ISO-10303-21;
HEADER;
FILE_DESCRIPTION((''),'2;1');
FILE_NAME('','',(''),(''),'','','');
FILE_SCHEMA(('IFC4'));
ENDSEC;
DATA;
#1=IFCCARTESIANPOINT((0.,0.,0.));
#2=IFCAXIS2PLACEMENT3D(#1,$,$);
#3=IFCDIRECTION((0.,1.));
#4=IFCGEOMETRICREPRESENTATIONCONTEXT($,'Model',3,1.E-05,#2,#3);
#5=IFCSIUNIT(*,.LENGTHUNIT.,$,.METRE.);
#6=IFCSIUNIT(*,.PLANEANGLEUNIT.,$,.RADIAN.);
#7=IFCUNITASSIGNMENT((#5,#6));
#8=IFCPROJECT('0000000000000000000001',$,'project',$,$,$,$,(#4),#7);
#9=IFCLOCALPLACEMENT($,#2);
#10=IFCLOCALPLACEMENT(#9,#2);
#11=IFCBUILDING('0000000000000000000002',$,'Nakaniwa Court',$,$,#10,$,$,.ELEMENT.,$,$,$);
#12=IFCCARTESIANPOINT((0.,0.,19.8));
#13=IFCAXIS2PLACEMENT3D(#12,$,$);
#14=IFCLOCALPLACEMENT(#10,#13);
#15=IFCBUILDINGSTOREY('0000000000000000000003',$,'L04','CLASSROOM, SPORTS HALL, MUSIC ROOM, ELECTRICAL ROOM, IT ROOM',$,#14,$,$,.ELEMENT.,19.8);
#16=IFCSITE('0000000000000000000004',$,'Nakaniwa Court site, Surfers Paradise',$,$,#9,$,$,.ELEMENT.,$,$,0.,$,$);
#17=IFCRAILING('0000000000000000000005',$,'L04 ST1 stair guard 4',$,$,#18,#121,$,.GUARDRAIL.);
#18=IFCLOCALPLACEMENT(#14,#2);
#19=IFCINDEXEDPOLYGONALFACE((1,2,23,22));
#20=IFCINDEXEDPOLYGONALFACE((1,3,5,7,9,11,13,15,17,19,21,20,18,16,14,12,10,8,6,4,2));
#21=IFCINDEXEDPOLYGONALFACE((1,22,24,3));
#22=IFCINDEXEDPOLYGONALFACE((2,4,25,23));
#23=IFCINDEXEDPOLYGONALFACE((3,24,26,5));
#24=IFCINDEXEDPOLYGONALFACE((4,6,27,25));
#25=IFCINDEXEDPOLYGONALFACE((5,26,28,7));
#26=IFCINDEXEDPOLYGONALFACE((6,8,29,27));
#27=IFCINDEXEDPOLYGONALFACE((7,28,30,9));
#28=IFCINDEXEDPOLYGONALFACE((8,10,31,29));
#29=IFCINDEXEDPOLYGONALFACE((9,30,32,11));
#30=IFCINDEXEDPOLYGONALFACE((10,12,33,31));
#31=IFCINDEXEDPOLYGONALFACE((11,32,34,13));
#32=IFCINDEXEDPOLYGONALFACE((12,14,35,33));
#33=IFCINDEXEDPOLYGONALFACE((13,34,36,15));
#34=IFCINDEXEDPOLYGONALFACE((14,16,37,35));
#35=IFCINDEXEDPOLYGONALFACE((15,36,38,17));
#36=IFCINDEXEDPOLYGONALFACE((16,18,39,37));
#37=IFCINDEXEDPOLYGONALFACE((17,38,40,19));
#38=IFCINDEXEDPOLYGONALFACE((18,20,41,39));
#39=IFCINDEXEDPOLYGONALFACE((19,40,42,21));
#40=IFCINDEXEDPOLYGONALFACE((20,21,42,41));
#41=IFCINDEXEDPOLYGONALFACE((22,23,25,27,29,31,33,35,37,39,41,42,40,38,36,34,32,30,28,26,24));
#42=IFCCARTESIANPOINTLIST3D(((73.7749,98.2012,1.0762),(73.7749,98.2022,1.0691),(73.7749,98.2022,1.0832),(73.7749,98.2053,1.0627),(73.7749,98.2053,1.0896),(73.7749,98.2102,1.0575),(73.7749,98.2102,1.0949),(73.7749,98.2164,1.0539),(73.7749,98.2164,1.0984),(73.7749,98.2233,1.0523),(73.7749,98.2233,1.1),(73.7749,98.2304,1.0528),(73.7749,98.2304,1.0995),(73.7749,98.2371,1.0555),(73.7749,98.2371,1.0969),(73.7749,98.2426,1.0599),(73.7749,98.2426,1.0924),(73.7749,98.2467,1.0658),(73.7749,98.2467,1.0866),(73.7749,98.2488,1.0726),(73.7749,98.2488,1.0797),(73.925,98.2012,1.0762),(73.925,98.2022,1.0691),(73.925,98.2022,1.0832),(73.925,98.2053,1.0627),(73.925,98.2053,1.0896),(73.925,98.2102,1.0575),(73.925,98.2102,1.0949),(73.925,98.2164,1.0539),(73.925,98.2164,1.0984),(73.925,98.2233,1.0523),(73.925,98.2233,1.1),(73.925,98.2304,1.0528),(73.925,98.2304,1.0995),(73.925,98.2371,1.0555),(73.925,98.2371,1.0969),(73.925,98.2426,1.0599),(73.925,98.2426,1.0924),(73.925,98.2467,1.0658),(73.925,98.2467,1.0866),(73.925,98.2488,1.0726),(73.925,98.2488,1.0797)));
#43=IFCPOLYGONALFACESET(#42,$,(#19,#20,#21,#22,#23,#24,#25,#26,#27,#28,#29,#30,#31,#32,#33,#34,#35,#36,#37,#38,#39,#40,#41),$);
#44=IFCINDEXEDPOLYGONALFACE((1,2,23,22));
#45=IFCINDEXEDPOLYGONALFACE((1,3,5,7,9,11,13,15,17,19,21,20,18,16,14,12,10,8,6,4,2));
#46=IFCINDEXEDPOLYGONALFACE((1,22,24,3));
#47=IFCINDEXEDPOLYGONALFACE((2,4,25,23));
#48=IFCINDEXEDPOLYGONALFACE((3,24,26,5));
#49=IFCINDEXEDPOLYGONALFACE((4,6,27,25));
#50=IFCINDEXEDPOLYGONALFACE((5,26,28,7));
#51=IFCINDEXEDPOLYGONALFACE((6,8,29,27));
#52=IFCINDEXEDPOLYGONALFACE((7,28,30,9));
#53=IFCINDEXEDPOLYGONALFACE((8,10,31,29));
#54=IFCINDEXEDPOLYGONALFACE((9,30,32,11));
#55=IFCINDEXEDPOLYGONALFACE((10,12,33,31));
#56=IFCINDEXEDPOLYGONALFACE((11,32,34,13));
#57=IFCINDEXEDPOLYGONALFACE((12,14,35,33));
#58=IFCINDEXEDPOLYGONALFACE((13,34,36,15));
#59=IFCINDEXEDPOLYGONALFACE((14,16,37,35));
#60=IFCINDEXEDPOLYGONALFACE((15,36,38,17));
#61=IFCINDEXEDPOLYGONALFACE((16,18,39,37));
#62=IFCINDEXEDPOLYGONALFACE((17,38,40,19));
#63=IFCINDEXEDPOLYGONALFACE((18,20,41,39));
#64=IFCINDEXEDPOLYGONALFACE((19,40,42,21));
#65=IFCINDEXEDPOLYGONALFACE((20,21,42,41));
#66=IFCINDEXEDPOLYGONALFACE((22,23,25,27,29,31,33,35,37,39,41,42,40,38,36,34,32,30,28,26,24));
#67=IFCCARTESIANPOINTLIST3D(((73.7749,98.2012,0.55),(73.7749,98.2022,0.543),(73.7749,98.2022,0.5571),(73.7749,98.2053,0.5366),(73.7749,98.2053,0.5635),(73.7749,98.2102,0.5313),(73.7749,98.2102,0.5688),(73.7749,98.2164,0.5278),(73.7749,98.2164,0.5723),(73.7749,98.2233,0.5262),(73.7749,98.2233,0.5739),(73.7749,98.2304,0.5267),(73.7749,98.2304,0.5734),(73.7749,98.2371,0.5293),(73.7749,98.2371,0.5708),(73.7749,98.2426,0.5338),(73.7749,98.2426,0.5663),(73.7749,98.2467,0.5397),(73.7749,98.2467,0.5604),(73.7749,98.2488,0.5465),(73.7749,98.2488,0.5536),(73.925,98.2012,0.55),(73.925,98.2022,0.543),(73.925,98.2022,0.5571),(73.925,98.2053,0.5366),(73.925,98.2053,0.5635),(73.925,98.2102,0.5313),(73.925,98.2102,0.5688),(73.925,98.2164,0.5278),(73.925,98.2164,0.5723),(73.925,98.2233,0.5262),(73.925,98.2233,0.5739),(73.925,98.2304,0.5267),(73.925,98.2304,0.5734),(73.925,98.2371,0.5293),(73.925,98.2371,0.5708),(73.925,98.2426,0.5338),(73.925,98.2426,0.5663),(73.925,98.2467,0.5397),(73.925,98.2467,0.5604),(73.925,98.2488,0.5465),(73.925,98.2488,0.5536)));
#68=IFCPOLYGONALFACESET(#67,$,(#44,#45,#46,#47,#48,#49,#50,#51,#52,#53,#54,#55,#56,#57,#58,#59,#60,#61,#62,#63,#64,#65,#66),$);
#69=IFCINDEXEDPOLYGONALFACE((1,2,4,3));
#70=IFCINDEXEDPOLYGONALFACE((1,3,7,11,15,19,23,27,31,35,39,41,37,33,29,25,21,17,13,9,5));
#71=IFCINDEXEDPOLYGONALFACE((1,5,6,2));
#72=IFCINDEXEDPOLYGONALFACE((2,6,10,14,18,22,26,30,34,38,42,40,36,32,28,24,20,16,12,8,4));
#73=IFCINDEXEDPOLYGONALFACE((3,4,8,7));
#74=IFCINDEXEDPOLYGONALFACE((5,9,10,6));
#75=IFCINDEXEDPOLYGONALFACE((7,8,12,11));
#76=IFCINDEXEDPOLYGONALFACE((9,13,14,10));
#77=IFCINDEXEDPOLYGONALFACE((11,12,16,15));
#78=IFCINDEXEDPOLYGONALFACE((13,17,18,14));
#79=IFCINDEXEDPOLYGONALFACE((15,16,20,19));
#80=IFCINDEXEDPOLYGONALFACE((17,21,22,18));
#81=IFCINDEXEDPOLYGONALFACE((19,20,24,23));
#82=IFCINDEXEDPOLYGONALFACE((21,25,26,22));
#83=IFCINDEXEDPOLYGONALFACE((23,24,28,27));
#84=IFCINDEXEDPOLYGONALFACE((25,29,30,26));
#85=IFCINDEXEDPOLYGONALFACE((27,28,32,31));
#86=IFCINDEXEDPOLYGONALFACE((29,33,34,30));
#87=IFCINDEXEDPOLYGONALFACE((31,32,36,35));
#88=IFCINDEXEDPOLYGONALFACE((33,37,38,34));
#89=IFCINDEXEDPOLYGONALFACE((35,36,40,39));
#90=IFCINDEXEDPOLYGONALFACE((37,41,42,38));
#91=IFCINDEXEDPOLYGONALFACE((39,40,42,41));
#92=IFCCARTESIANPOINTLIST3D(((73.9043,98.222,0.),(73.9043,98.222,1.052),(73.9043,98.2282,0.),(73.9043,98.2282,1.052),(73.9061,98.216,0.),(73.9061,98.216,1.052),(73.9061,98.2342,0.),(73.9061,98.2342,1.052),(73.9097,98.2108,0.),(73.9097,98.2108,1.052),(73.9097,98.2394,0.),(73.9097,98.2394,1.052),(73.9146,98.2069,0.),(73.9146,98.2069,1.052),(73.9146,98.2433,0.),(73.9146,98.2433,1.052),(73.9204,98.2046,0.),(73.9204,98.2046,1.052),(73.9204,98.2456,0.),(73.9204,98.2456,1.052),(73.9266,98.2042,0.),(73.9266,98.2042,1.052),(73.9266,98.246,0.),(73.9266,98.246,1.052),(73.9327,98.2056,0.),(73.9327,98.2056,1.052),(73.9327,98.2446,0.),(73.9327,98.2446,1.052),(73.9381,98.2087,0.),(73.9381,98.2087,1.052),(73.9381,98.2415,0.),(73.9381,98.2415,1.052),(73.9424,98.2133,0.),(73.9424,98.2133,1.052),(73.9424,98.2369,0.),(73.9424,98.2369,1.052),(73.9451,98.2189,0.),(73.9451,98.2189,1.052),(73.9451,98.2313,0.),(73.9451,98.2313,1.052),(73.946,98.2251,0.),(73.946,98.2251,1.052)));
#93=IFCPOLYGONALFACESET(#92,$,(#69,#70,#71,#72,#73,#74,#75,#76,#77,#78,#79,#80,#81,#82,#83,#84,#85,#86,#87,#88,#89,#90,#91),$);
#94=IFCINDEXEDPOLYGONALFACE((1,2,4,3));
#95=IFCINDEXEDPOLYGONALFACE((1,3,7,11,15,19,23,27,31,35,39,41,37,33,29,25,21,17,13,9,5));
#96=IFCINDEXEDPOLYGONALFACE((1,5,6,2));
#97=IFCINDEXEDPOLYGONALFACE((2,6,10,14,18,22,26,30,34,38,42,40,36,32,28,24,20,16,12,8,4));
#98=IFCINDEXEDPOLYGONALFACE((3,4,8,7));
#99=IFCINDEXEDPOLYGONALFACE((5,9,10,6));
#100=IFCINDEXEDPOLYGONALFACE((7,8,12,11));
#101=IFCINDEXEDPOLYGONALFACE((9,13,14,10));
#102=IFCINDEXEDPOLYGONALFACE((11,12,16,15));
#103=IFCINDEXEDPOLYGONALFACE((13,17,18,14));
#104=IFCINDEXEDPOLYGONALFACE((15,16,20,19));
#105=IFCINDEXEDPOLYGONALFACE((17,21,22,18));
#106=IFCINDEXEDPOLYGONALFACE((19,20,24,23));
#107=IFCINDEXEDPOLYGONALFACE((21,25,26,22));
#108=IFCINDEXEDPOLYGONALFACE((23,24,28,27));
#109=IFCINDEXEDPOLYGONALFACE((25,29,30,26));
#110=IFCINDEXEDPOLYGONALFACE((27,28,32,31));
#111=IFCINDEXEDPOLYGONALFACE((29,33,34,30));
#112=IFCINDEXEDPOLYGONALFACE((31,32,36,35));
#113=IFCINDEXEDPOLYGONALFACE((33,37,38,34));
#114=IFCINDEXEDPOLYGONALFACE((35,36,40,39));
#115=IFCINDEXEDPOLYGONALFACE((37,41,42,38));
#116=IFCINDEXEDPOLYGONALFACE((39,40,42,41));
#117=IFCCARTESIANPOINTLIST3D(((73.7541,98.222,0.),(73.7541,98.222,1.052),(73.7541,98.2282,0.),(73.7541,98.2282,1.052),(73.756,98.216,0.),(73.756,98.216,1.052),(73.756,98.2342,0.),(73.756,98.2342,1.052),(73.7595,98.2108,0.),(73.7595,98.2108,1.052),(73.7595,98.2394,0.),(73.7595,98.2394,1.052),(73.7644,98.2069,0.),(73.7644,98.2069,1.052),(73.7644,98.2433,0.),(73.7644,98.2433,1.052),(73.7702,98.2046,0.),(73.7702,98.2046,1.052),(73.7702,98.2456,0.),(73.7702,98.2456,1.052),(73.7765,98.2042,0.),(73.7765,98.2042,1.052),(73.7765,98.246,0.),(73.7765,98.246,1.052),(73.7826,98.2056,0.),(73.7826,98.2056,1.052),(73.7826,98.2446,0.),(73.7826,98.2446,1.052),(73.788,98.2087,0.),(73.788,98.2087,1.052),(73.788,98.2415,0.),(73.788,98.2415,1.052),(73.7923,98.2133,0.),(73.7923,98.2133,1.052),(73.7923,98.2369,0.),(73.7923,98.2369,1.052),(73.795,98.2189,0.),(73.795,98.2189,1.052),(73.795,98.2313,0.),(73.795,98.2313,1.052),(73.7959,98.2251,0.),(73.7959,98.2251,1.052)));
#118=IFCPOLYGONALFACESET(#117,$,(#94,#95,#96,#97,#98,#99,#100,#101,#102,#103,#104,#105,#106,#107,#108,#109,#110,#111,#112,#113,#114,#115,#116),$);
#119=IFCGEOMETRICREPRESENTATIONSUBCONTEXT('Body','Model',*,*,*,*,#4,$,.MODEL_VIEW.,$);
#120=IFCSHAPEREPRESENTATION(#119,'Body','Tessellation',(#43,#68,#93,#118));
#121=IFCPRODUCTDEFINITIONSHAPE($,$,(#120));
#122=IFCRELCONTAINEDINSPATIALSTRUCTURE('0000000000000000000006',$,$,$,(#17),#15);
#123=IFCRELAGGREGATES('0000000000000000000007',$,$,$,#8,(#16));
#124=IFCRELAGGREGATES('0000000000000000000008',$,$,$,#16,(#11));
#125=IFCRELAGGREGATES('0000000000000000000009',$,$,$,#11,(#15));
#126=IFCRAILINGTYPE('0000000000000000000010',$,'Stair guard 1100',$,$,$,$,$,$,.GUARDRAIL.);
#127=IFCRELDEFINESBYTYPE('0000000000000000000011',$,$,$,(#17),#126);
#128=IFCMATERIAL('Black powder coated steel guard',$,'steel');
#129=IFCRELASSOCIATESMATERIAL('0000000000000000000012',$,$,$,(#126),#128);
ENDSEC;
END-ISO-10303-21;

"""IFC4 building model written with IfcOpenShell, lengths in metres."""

from ifc_helpers import new_model, si_unit, direction, frame, origin, origin_2d, place, context, subcontext, project, spatial, circle, extrude, material, type_object, element, save


model = new_model("IFC4")

# Units and contexts
model_context = context("Model", 3, precision=1e-05, world=origin(), true_north=direction((0.0, 1.0)))
body_context = subcontext(model_context, "Body", "Model", "MODEL_VIEW")
ifc_project = project(units=[si_unit("LENGTHUNIT", "METRE"), si_unit("PLANEANGLEUNIT", "RADIAN")], contexts=[model_context])

# Site, building, storey
site_placement = place(None, origin())
site = spatial("IfcSite", under=ifc_project, at=site_placement, Name="Nakaniwa Court site, Surfers Paradise", CompositionType="ELEMENT", RefElevation=0.0)
building_placement = place(site_placement, origin())
building = spatial("IfcBuilding", under=site, at=building_placement, Name="Nakaniwa Court", CompositionType="ELEMENT")
storey_placement = place(building_placement, frame((0.0, 0.0, 19.8)))
storey = spatial("IfcBuildingStorey", under=building, at=storey_placement, Name="L04", Description="CLASSROOM, SPORTS HALL, MUSIC ROOM, ELECTRICAL ROOM, IT ROOM", CompositionType="ELEMENT", Elevation=19.8)

# Railing
ifc_material_1 = material(Name="Black powder coated steel guard", Category="steel")
railing_type_1 = type_object("IfcRailingType", Name="Stair guard 1100", PredefinedType="GUARDRAIL", material=ifc_material_1)
railing_1_placement = place(storey_placement, frame((73.925, 98.2251, 0.0)))
element("IfcRailing", 1, at=railing_1_placement, inside=storey, type_object=railing_type_1, Name="L04 ST1 stair guard 4", PredefinedType="GUARDRAIL", context=body_context, shape_type="SweptSolid", body=[
    extrude(circle(Radius=0.0239, at=origin_2d()), frame((0.0, 0.0, 1.0762), z_axis=(-1.0, 0.0, 0.0), x_axis=(0.0, -1.0, 0.0)), (0.0, 0.0, 1.0), 0.1501),
    extrude(circle(Radius=0.0239, at=origin_2d()), frame((0.0, 0.0, 0.55), z_axis=(-1.0, 0.0, 0.0), x_axis=(0.0, -1.0, 0.0)), (0.0, 0.0, 1.0), 0.1501),
    extrude(circle(Radius=0.021, at=origin_2d()), origin(), (0.0, 0.0, 1.0), 1.052),
    extrude(circle(Radius=0.021, at=origin_2d()), frame((-0.1501, 0.0, 0.0)), (0.0, 0.0, 1.0), 1.052),
])

save(model, "model.ifc")
